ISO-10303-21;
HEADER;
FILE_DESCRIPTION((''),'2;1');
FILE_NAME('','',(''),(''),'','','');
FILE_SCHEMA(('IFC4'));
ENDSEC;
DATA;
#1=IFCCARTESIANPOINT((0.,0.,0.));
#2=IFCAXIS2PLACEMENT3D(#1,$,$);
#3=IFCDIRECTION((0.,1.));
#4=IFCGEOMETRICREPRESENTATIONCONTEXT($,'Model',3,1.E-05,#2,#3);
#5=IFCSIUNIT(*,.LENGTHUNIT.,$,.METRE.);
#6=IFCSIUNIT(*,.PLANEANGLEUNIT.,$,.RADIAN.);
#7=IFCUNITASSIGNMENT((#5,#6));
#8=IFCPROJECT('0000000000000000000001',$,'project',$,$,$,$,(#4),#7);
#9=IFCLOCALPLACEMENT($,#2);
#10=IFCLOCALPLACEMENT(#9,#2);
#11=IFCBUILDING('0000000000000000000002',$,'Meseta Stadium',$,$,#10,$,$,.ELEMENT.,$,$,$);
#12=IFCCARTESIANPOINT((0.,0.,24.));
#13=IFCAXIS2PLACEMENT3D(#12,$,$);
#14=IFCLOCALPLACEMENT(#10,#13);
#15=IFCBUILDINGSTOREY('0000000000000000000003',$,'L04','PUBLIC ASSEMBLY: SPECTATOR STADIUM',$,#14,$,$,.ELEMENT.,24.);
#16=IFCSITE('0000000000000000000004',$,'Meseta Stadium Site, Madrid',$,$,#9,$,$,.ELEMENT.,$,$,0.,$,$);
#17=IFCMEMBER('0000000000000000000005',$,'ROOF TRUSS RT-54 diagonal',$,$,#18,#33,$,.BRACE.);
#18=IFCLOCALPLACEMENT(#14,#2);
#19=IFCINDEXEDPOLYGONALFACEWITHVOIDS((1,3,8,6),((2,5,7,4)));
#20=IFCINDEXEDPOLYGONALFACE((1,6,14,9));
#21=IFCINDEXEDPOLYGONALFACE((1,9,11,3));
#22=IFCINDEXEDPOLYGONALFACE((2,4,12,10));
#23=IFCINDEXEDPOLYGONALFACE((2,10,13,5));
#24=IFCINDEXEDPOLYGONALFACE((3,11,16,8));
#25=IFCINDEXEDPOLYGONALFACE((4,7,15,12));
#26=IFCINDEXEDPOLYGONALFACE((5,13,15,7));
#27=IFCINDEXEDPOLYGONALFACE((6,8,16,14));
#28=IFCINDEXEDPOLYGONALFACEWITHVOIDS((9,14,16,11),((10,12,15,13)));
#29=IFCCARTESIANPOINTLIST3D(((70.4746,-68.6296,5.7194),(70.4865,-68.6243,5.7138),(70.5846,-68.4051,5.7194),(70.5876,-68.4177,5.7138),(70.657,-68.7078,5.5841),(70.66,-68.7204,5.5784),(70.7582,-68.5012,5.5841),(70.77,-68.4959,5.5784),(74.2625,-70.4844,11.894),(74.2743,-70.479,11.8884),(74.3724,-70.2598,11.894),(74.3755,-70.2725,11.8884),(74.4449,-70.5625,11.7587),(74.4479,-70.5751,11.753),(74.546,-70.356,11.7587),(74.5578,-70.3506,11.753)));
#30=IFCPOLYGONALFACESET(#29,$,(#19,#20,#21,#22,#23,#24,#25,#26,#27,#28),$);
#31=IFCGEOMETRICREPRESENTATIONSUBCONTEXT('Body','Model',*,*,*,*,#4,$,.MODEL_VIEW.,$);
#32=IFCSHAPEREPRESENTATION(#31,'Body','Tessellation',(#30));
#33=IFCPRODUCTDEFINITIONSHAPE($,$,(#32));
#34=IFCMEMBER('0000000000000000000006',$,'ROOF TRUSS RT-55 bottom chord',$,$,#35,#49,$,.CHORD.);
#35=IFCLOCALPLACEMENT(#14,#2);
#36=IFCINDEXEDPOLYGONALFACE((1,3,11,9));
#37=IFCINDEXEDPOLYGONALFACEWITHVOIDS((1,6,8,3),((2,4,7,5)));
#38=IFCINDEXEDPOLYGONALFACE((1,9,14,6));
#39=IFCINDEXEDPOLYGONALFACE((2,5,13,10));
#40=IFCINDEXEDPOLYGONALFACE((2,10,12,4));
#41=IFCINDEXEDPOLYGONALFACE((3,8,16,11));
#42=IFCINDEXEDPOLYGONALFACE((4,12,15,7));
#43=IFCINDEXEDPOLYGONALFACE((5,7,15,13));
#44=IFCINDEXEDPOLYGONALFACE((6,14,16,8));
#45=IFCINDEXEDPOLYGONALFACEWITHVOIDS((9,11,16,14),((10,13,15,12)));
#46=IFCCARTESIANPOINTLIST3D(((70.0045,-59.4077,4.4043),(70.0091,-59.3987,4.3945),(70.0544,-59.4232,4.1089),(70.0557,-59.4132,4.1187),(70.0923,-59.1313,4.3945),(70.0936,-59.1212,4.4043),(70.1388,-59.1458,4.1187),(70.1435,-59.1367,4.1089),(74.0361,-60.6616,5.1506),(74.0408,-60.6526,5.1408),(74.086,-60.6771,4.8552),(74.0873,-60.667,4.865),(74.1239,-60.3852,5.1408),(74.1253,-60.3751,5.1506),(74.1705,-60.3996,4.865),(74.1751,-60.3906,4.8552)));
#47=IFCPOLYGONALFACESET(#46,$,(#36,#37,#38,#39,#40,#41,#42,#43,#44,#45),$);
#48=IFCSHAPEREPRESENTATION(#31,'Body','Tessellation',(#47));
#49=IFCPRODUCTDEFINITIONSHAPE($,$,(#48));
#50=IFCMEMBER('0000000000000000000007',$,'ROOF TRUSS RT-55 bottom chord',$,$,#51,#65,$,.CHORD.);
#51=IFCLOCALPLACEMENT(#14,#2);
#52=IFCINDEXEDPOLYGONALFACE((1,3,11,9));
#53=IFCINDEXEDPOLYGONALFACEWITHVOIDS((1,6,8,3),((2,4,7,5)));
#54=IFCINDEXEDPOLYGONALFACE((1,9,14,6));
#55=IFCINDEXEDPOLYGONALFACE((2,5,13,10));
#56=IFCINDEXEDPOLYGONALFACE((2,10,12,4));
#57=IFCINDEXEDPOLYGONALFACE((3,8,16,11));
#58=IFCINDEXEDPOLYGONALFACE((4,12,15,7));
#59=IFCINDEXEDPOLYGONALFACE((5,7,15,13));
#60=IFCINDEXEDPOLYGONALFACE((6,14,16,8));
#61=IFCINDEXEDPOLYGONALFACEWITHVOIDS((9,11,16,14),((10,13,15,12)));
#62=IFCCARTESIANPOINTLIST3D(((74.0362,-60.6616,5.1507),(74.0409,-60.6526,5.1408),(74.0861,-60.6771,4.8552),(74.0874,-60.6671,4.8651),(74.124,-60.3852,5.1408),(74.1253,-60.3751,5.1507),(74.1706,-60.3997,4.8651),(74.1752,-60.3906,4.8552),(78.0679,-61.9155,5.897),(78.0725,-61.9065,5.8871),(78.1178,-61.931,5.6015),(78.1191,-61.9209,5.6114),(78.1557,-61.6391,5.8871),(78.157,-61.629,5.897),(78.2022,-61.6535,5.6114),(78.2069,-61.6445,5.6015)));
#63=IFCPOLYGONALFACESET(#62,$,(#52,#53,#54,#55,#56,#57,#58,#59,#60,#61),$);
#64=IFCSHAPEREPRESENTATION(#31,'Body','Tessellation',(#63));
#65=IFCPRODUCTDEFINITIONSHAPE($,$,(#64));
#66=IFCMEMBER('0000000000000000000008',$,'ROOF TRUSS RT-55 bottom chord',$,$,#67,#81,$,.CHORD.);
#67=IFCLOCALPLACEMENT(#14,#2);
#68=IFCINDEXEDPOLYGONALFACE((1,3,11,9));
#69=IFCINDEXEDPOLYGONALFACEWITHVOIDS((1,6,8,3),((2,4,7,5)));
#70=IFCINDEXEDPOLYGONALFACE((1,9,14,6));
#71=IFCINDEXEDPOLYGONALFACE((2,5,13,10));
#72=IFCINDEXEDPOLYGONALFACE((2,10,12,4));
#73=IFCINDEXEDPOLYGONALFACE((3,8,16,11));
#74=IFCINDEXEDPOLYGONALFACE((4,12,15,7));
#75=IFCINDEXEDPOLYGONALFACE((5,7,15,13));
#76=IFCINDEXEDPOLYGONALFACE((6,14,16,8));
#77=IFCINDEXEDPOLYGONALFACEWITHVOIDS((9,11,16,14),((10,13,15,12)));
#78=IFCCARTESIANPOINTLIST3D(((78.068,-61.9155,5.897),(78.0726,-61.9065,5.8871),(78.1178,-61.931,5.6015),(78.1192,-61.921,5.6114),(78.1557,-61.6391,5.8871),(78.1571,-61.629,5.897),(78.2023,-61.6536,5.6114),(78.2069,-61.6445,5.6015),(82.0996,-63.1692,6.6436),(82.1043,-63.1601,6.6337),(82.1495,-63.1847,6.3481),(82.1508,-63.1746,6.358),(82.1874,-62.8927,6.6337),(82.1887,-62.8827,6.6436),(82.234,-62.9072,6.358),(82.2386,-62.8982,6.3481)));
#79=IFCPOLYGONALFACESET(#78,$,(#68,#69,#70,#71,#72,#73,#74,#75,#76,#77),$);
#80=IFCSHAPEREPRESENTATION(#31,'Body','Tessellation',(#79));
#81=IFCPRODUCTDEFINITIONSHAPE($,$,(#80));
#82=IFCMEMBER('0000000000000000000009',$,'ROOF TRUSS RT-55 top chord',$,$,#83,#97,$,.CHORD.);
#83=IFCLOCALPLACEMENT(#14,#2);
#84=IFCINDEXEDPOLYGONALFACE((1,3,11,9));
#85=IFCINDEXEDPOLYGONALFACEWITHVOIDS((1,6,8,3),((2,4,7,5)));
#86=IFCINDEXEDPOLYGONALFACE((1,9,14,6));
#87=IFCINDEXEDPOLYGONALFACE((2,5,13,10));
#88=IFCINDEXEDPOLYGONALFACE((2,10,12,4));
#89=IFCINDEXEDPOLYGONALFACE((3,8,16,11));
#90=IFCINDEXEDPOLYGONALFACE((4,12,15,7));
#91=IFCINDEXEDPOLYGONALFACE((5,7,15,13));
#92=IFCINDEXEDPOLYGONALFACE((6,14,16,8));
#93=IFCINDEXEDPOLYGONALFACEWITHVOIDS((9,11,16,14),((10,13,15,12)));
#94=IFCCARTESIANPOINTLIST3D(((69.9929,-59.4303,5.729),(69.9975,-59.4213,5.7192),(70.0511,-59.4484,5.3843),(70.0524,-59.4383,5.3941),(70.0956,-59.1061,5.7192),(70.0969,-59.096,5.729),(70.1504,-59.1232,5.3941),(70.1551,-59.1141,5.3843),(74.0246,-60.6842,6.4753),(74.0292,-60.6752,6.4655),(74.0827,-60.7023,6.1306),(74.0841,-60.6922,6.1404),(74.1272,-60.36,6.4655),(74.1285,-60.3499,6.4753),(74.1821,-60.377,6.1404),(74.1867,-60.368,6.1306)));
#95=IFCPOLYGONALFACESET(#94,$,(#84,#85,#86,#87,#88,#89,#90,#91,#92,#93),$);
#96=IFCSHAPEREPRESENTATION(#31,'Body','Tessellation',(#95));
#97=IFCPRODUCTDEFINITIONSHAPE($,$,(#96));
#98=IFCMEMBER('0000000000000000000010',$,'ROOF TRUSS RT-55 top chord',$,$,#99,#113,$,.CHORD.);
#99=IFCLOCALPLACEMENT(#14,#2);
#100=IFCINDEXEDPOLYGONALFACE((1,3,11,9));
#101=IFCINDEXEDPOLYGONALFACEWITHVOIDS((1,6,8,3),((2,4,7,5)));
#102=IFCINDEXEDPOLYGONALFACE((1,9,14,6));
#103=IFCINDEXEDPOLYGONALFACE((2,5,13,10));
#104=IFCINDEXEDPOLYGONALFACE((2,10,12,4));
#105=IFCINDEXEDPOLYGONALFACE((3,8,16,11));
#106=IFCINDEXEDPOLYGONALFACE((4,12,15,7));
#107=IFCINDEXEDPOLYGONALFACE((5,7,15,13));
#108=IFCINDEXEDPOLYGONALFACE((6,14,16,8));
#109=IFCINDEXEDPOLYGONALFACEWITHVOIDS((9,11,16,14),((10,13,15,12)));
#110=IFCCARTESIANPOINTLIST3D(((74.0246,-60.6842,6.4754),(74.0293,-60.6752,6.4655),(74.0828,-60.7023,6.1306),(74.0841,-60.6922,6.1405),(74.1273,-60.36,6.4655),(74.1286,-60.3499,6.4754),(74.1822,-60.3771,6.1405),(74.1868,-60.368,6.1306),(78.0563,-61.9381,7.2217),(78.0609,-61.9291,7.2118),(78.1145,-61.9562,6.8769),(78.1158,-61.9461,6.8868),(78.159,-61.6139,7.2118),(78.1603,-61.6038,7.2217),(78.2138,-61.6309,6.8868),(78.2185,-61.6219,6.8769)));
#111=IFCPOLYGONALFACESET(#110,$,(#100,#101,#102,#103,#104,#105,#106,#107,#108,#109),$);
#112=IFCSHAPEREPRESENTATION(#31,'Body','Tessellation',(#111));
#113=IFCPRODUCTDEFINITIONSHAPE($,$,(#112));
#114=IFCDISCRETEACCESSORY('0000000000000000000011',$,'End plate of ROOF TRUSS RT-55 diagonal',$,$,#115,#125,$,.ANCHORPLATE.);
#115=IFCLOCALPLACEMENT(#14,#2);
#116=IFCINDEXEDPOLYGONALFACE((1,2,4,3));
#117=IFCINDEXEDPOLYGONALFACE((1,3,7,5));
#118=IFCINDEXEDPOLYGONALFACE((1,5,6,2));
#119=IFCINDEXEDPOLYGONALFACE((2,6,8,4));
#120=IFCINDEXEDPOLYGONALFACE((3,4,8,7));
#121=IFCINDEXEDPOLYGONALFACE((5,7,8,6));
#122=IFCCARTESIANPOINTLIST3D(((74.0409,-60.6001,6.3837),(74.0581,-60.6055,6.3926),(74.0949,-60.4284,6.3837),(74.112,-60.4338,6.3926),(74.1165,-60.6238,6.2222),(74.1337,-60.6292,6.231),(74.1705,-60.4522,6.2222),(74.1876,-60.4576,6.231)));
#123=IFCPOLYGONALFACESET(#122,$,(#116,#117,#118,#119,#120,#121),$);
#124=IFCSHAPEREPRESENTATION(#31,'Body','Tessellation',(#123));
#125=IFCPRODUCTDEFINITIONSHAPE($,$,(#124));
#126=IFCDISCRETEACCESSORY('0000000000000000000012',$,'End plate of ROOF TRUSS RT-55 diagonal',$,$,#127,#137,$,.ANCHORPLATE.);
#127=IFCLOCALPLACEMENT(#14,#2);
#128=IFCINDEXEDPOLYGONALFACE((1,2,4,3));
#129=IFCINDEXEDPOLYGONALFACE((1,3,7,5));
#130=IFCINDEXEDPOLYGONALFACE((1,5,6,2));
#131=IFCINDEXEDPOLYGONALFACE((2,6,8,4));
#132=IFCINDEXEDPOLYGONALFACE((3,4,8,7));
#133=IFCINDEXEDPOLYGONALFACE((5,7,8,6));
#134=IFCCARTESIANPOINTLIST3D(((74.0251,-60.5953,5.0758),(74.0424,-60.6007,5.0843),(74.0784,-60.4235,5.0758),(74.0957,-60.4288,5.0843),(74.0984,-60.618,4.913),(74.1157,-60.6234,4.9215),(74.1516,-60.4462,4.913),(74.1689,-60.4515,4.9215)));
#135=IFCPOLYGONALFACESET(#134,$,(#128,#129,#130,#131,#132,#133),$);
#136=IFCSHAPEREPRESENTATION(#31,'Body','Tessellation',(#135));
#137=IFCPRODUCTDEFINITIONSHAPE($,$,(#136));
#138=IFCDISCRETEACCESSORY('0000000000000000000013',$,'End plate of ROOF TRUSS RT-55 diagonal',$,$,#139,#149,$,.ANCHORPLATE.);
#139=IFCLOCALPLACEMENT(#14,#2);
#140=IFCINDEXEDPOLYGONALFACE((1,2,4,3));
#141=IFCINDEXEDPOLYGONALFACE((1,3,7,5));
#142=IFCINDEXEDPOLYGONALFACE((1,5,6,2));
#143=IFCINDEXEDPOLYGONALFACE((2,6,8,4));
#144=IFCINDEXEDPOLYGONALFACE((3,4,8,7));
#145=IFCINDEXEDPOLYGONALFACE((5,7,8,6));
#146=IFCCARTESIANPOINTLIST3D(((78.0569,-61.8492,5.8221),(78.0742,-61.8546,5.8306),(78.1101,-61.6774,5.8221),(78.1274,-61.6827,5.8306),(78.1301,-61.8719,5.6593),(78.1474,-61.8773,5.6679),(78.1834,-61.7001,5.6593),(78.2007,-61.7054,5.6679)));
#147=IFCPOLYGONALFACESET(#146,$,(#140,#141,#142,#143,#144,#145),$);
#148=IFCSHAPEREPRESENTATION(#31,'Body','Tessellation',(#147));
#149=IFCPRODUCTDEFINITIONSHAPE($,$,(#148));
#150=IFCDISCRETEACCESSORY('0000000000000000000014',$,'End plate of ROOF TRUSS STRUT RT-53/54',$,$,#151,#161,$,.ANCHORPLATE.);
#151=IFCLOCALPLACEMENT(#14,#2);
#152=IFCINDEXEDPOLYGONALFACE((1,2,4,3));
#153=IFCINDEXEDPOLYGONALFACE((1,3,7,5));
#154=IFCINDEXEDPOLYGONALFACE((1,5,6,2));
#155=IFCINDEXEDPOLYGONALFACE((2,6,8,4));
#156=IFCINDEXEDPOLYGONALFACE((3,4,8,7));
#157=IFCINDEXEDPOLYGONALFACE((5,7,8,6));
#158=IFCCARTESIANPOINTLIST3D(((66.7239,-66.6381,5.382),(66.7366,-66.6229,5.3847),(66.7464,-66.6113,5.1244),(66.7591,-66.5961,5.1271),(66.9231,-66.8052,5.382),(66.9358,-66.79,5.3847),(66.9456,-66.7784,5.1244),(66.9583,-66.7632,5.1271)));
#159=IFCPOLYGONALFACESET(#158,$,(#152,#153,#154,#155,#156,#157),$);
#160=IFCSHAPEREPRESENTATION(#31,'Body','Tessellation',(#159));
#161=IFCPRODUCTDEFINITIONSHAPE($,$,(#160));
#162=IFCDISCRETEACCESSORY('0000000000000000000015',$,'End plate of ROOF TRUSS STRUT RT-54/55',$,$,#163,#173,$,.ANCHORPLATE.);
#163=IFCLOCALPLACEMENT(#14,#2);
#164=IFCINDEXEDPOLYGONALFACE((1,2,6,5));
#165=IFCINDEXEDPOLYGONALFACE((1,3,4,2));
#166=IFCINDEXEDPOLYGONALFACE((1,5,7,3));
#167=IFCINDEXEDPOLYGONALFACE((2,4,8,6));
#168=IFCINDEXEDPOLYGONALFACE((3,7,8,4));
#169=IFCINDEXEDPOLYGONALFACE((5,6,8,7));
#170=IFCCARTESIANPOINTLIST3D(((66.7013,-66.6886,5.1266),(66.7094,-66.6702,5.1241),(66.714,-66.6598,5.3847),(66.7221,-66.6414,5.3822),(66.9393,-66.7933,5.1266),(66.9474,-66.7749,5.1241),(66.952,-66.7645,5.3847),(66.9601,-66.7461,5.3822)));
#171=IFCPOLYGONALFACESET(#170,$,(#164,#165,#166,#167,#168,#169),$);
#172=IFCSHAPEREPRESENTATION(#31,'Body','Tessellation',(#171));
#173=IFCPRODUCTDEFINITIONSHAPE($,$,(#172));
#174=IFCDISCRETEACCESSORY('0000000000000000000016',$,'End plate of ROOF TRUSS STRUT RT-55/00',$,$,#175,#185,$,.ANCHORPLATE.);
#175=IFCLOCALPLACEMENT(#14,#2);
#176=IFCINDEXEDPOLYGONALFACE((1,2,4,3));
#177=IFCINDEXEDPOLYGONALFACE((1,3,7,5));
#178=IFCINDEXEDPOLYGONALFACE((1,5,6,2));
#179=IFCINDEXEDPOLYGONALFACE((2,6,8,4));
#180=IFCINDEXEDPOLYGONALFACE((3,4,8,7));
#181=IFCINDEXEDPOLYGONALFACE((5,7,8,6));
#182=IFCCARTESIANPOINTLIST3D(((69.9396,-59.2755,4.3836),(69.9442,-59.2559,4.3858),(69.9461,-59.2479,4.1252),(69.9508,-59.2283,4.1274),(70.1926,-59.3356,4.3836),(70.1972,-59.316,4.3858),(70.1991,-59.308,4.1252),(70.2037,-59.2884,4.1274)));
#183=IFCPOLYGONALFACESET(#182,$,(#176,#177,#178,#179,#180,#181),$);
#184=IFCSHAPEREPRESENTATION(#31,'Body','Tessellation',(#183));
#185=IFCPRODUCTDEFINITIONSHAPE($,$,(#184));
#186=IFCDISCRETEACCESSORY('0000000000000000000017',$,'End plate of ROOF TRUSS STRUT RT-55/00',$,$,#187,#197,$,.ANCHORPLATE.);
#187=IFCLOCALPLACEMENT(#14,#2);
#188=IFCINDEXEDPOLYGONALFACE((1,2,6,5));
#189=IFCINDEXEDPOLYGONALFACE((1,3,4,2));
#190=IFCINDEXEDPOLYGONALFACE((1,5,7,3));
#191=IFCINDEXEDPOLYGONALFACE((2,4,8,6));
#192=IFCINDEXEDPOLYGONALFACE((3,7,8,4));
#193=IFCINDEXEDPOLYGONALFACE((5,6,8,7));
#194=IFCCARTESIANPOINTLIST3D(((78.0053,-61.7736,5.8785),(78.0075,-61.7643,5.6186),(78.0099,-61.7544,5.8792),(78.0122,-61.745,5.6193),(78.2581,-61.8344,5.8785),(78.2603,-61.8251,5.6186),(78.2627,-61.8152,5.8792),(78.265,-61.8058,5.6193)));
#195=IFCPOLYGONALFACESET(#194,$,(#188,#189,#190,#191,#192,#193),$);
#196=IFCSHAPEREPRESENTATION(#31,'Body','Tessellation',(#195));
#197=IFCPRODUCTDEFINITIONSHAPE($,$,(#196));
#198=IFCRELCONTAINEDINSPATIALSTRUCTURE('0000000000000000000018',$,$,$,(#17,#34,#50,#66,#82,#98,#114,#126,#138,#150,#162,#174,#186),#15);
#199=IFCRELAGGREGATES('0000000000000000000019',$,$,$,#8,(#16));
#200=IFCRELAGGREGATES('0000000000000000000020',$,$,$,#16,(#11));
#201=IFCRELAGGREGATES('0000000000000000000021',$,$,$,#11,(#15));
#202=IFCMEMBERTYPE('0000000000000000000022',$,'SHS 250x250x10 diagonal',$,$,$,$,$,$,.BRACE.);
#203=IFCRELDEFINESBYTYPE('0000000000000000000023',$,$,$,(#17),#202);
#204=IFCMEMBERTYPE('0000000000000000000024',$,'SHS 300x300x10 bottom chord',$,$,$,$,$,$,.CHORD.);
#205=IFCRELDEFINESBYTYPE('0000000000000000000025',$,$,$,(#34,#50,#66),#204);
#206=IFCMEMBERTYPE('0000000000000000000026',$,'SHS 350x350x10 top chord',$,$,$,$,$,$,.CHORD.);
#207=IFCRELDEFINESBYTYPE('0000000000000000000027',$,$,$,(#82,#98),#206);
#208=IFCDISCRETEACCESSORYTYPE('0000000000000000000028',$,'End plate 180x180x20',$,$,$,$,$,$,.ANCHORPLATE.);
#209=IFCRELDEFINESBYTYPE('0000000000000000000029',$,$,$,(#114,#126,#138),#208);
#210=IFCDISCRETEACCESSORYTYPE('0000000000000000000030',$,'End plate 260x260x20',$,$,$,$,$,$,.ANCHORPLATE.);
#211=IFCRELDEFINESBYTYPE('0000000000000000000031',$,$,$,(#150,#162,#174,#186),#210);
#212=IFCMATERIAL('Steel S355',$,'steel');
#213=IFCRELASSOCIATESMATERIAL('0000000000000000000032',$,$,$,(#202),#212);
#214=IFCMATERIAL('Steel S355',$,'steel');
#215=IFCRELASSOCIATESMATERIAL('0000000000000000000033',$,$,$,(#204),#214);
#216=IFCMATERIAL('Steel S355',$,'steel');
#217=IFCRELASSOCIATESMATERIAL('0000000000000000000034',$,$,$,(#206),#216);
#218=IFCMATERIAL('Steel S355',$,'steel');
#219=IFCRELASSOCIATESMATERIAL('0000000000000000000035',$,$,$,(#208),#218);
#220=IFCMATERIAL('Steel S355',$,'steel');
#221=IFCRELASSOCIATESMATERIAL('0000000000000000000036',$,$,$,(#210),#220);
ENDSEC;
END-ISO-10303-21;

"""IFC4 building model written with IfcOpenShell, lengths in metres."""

from ifc_helpers import new_model, si_unit, direction, frame, origin, origin_2d, place, context, subcontext, project, spatial, rectangle, hollow_rectangle, extrude, material, material_profile, profile_set, type_object, element, save


model = new_model("IFC4")

# Units and contexts
model_context = context("Model", 3, precision=1e-05, world=origin(), true_north=direction((0.0, 1.0)))
body_context = subcontext(model_context, "Body", "Model", "MODEL_VIEW")
ifc_project = project(units=[si_unit("LENGTHUNIT", "METRE"), si_unit("PLANEANGLEUNIT", "RADIAN")], contexts=[model_context])

# Site, building, storey
site_placement = place(None, origin())
site = spatial("IfcSite", under=ifc_project, at=site_placement, Name="Meseta Stadium Site, Madrid", CompositionType="ELEMENT", RefElevation=0.0)
building_placement = place(site_placement, origin())
building = spatial("IfcBuilding", under=site, at=building_placement, Name="Meseta Stadium", CompositionType="ELEMENT")
storey_placement = place(building_placement, frame((0.0, 0.0, 24.0)))
storey = spatial("IfcBuildingStorey", under=building, at=storey_placement, Name="L04", Description="PUBLIC ASSEMBLY: SPECTATOR STADIUM", CompositionType="ELEMENT", Elevation=24.0)

# Members
ifc_material_1 = material(Name="Steel S355", Category="steel")
ifc_material_profile_1 = material_profile(ifc_material_1, hollow_rectangle(XDim=0.25, YDim=0.25, WallThickness=0.01, at=origin_2d()), Name="SHS 250x250x10")
ifc_profile_set_1 = profile_set([ifc_material_profile_1], Name="Steel S355")
member_type_1 = type_object("IfcMemberType", Name="SHS 250x250x10 diagonal", PredefinedType="BRACE", material=ifc_profile_set_1)
member_1_placement = place(storey_placement, frame((70.6223, -68.5627, 5.6489), z_axis=(0.506565, -0.248042, 0.825752), x_axis=(0.439765, 0.898113, 0.0)))
element("IfcMember", 1, at=member_1_placement, inside=storey, type_object=member_type_1, Name="ROOF TRUSS RT-54 diagonal", PredefinedType="BRACE", context=body_context, shape_type="SweptSolid", body=[
    extrude(hollow_rectangle(XDim=0.25, YDim=0.25, WallThickness=0.01, at=origin_2d()), origin(), (0.0, 0.0, 1.0), 7.4775),
])
ifc_material_2 = material(Name="Steel S355", Category="steel")
ifc_material_profile_2 = material_profile(ifc_material_2, hollow_rectangle(XDim=0.3, YDim=0.3, WallThickness=0.01, at=origin_2d()), Name="SHS 300x300x10")
ifc_profile_set_2 = profile_set([ifc_material_profile_2], Name="Steel S355")
member_type_2 = type_object("IfcMemberType", Name="SHS 300x300x10 bottom chord", PredefinedType="CHORD", material=ifc_profile_set_2)
for number, where, z_axis, x_axis, name in (
    (2, (70.074, -59.2722, 4.2566), (0.940307, -0.292444, 0.174066), (0.296978, 0.954884, 0.0), "ROOF TRUSS RT-55 bottom chord"),
    (3, (74.1057, -60.5261, 5.0029), (0.940307, -0.292444, 0.174066), (0.296978, 0.954884, 0.0), "ROOF TRUSS RT-55 bottom chord"),
    (4, (78.1375, -61.78, 5.7493), (0.940314, -0.292389, 0.174124), (0.296925, 0.954901, 0.0), "ROOF TRUSS RT-55 bottom chord"),
):
    element("IfcMember", number, at=place(storey_placement, frame(where, z_axis=z_axis, x_axis=x_axis)), inside=storey, type_object=member_type_2, Name=name, PredefinedType="CHORD", context=body_context, shape_type="SweptSolid", body=[
        extrude(hollow_rectangle(XDim=0.3, YDim=0.3, WallThickness=0.01, at=origin_2d()), origin(), (0.0, 0.0, 1.0), 4.2876),
    ])
ifc_material_3 = material(Name="Steel S355", Category="steel")
ifc_material_profile_3 = material_profile(ifc_material_3, hollow_rectangle(XDim=0.3501, YDim=0.3501, WallThickness=0.01, at=origin_2d()), Name="SHS 350x350x10")
ifc_profile_set_3 = profile_set([ifc_material_profile_3], Name="Steel S355")
member_type_3 = type_object("IfcMemberType", Name="SHS 350x350x10 top chord", PredefinedType="CHORD", material=ifc_profile_set_3)
for number, where, z_axis, x_axis, name in (
    (5, (70.074, -59.2722, 5.5566), (0.940307, -0.292444, 0.174066), (0.296978, 0.954884, 0.0), "ROOF TRUSS RT-55 top chord"),
    (6, (74.1057, -60.5261, 6.303), (0.940307, -0.292444, 0.174066), (0.296978, 0.954884, 0.0), "ROOF TRUSS RT-55 top chord"),
):
    element("IfcMember", number, at=place(storey_placement, frame(where, z_axis=z_axis, x_axis=x_axis)), inside=storey, type_object=member_type_3, Name=name, PredefinedType="CHORD", context=body_context, shape_type="SweptSolid", body=[
        extrude(hollow_rectangle(XDim=0.3501, YDim=0.3501, WallThickness=0.01, at=origin_2d()), origin(), (0.0, 0.0, 1.0), 4.2876),
    ])

# Discrete accessories
ifc_material_4 = material(Name="Steel S355", Category="steel")
ifc_material_profile_4 = material_profile(ifc_material_4, rectangle(XDim=0.1799, YDim=0.1799, at=origin_2d()), Name="PL 180x180")
ifc_profile_set_4 = profile_set([ifc_material_profile_4], Name="Steel S355")
discrete_accessory_type_1 = type_object("IfcDiscreteAccessoryType", Name="End plate 180x180x20", PredefinedType="ANCHORPLATE", material=ifc_profile_set_4)
for number, where, z_axis, x_axis, name in (
    (7, (74.1057, -60.5261, 6.303), (0.856465, -0.269175, 0.440468), (0.299827, 0.953994, 0.0), "End plate of ROOF TRUSS RT-55 diagonal"),
    (8, (74.0884, -60.5208, 4.9944), (0.864184, -0.267775, 0.426006), (0.295976, 0.955195, 0.0), "End plate of ROOF TRUSS RT-55 diagonal"),
    (9, (78.1201, -61.7747, 5.7407), (0.864184, -0.267775, 0.426006), (0.295976, 0.955195, 0.0), "End plate of ROOF TRUSS RT-55 diagonal"),
):
    element("IfcDiscreteAccessory", number, at=place(storey_placement, frame(where, z_axis=z_axis, x_axis=x_axis)), inside=storey, type_object=discrete_accessory_type_1, Name=name, PredefinedType="ANCHORPLATE", context=body_context, shape_type="SweptSolid", body=[
        extrude(rectangle(XDim=0.1799, YDim=0.1799, at=origin_2d()), origin(), (0.0, 0.0, 1.0), 0.02),
    ])
ifc_material_5 = material(Name="Steel S355", Category="steel")
ifc_material_profile_5 = material_profile(ifc_material_5, rectangle(XDim=0.26, YDim=0.26, at=origin_2d()), Name="PL 260x260")
ifc_profile_set_5 = profile_set([ifc_material_profile_5], Name="Steel S355")
discrete_accessory_type_2 = type_object("IfcDiscreteAccessoryType", Name="End plate 260x260x20", PredefinedType="ANCHORPLATE", material=ifc_profile_set_5)
discrete_accessory_1_placement = place(storey_placement, frame((66.8347, -66.7083, 5.2532), z_axis=(0.636756, 0.759209, 0.134698), x_axis=(-0.766192, 0.642612, 0.0)))
element("IfcDiscreteAccessory", 10, at=discrete_accessory_1_placement, inside=storey, type_object=discrete_accessory_type_2, Name="End plate of ROOF TRUSS STRUT RT-53/54", PredefinedType="ANCHORPLATE", context=body_context, shape_type="SweptSolid", body=[
    extrude(rectangle(XDim=0.26, YDim=0.26, at=origin_2d()), origin(), (0.0, 0.0, 1.0), 0.02),
])
for number, where, z_axis, x_axis, name in (
    (11, (66.8267, -66.7266, 5.2556), (0.399772, 0.908574, -0.121143), (-0.915315, 0.402739, 0.0), "End plate of ROOF TRUSS STRUT RT-54/55"),
    (12, (70.0693, -59.2917, 4.2544), (0.229701, 0.96716, 0.108806), (-0.972937, 0.231072, 0.0), "End plate of ROOF TRUSS STRUT RT-55/00"),
):
    element("IfcDiscreteAccessory", number, at=place(storey_placement, frame(where, z_axis=z_axis, x_axis=x_axis)), inside=storey, type_object=discrete_accessory_type_2, Name=name, PredefinedType="ANCHORPLATE", context=body_context, shape_type="SweptSolid", body=[
        extrude(rectangle(XDim=0.26, YDim=0.26, at=origin_2d()), origin(), (0.0, 0.0, 1.0), 0.0203),
    ])
discrete_accessory_2_placement = place(storey_placement, frame((78.1328, -61.7993, 5.7485), z_axis=(0.233679, 0.971613, 0.036897), x_axis=(-0.972275, 0.233838, 0.0)))
element("IfcDiscreteAccessory", 13, at=discrete_accessory_2_placement, inside=storey, type_object=discrete_accessory_type_2, Name="End plate of ROOF TRUSS STRUT RT-55/00", PredefinedType="ANCHORPLATE", context=body_context, shape_type="SweptSolid", body=[
    extrude(rectangle(XDim=0.26, YDim=0.26, at=origin_2d()), origin(), (0.0, 0.0, 1.0), 0.0198),
])

save(model, "model.ifc")
